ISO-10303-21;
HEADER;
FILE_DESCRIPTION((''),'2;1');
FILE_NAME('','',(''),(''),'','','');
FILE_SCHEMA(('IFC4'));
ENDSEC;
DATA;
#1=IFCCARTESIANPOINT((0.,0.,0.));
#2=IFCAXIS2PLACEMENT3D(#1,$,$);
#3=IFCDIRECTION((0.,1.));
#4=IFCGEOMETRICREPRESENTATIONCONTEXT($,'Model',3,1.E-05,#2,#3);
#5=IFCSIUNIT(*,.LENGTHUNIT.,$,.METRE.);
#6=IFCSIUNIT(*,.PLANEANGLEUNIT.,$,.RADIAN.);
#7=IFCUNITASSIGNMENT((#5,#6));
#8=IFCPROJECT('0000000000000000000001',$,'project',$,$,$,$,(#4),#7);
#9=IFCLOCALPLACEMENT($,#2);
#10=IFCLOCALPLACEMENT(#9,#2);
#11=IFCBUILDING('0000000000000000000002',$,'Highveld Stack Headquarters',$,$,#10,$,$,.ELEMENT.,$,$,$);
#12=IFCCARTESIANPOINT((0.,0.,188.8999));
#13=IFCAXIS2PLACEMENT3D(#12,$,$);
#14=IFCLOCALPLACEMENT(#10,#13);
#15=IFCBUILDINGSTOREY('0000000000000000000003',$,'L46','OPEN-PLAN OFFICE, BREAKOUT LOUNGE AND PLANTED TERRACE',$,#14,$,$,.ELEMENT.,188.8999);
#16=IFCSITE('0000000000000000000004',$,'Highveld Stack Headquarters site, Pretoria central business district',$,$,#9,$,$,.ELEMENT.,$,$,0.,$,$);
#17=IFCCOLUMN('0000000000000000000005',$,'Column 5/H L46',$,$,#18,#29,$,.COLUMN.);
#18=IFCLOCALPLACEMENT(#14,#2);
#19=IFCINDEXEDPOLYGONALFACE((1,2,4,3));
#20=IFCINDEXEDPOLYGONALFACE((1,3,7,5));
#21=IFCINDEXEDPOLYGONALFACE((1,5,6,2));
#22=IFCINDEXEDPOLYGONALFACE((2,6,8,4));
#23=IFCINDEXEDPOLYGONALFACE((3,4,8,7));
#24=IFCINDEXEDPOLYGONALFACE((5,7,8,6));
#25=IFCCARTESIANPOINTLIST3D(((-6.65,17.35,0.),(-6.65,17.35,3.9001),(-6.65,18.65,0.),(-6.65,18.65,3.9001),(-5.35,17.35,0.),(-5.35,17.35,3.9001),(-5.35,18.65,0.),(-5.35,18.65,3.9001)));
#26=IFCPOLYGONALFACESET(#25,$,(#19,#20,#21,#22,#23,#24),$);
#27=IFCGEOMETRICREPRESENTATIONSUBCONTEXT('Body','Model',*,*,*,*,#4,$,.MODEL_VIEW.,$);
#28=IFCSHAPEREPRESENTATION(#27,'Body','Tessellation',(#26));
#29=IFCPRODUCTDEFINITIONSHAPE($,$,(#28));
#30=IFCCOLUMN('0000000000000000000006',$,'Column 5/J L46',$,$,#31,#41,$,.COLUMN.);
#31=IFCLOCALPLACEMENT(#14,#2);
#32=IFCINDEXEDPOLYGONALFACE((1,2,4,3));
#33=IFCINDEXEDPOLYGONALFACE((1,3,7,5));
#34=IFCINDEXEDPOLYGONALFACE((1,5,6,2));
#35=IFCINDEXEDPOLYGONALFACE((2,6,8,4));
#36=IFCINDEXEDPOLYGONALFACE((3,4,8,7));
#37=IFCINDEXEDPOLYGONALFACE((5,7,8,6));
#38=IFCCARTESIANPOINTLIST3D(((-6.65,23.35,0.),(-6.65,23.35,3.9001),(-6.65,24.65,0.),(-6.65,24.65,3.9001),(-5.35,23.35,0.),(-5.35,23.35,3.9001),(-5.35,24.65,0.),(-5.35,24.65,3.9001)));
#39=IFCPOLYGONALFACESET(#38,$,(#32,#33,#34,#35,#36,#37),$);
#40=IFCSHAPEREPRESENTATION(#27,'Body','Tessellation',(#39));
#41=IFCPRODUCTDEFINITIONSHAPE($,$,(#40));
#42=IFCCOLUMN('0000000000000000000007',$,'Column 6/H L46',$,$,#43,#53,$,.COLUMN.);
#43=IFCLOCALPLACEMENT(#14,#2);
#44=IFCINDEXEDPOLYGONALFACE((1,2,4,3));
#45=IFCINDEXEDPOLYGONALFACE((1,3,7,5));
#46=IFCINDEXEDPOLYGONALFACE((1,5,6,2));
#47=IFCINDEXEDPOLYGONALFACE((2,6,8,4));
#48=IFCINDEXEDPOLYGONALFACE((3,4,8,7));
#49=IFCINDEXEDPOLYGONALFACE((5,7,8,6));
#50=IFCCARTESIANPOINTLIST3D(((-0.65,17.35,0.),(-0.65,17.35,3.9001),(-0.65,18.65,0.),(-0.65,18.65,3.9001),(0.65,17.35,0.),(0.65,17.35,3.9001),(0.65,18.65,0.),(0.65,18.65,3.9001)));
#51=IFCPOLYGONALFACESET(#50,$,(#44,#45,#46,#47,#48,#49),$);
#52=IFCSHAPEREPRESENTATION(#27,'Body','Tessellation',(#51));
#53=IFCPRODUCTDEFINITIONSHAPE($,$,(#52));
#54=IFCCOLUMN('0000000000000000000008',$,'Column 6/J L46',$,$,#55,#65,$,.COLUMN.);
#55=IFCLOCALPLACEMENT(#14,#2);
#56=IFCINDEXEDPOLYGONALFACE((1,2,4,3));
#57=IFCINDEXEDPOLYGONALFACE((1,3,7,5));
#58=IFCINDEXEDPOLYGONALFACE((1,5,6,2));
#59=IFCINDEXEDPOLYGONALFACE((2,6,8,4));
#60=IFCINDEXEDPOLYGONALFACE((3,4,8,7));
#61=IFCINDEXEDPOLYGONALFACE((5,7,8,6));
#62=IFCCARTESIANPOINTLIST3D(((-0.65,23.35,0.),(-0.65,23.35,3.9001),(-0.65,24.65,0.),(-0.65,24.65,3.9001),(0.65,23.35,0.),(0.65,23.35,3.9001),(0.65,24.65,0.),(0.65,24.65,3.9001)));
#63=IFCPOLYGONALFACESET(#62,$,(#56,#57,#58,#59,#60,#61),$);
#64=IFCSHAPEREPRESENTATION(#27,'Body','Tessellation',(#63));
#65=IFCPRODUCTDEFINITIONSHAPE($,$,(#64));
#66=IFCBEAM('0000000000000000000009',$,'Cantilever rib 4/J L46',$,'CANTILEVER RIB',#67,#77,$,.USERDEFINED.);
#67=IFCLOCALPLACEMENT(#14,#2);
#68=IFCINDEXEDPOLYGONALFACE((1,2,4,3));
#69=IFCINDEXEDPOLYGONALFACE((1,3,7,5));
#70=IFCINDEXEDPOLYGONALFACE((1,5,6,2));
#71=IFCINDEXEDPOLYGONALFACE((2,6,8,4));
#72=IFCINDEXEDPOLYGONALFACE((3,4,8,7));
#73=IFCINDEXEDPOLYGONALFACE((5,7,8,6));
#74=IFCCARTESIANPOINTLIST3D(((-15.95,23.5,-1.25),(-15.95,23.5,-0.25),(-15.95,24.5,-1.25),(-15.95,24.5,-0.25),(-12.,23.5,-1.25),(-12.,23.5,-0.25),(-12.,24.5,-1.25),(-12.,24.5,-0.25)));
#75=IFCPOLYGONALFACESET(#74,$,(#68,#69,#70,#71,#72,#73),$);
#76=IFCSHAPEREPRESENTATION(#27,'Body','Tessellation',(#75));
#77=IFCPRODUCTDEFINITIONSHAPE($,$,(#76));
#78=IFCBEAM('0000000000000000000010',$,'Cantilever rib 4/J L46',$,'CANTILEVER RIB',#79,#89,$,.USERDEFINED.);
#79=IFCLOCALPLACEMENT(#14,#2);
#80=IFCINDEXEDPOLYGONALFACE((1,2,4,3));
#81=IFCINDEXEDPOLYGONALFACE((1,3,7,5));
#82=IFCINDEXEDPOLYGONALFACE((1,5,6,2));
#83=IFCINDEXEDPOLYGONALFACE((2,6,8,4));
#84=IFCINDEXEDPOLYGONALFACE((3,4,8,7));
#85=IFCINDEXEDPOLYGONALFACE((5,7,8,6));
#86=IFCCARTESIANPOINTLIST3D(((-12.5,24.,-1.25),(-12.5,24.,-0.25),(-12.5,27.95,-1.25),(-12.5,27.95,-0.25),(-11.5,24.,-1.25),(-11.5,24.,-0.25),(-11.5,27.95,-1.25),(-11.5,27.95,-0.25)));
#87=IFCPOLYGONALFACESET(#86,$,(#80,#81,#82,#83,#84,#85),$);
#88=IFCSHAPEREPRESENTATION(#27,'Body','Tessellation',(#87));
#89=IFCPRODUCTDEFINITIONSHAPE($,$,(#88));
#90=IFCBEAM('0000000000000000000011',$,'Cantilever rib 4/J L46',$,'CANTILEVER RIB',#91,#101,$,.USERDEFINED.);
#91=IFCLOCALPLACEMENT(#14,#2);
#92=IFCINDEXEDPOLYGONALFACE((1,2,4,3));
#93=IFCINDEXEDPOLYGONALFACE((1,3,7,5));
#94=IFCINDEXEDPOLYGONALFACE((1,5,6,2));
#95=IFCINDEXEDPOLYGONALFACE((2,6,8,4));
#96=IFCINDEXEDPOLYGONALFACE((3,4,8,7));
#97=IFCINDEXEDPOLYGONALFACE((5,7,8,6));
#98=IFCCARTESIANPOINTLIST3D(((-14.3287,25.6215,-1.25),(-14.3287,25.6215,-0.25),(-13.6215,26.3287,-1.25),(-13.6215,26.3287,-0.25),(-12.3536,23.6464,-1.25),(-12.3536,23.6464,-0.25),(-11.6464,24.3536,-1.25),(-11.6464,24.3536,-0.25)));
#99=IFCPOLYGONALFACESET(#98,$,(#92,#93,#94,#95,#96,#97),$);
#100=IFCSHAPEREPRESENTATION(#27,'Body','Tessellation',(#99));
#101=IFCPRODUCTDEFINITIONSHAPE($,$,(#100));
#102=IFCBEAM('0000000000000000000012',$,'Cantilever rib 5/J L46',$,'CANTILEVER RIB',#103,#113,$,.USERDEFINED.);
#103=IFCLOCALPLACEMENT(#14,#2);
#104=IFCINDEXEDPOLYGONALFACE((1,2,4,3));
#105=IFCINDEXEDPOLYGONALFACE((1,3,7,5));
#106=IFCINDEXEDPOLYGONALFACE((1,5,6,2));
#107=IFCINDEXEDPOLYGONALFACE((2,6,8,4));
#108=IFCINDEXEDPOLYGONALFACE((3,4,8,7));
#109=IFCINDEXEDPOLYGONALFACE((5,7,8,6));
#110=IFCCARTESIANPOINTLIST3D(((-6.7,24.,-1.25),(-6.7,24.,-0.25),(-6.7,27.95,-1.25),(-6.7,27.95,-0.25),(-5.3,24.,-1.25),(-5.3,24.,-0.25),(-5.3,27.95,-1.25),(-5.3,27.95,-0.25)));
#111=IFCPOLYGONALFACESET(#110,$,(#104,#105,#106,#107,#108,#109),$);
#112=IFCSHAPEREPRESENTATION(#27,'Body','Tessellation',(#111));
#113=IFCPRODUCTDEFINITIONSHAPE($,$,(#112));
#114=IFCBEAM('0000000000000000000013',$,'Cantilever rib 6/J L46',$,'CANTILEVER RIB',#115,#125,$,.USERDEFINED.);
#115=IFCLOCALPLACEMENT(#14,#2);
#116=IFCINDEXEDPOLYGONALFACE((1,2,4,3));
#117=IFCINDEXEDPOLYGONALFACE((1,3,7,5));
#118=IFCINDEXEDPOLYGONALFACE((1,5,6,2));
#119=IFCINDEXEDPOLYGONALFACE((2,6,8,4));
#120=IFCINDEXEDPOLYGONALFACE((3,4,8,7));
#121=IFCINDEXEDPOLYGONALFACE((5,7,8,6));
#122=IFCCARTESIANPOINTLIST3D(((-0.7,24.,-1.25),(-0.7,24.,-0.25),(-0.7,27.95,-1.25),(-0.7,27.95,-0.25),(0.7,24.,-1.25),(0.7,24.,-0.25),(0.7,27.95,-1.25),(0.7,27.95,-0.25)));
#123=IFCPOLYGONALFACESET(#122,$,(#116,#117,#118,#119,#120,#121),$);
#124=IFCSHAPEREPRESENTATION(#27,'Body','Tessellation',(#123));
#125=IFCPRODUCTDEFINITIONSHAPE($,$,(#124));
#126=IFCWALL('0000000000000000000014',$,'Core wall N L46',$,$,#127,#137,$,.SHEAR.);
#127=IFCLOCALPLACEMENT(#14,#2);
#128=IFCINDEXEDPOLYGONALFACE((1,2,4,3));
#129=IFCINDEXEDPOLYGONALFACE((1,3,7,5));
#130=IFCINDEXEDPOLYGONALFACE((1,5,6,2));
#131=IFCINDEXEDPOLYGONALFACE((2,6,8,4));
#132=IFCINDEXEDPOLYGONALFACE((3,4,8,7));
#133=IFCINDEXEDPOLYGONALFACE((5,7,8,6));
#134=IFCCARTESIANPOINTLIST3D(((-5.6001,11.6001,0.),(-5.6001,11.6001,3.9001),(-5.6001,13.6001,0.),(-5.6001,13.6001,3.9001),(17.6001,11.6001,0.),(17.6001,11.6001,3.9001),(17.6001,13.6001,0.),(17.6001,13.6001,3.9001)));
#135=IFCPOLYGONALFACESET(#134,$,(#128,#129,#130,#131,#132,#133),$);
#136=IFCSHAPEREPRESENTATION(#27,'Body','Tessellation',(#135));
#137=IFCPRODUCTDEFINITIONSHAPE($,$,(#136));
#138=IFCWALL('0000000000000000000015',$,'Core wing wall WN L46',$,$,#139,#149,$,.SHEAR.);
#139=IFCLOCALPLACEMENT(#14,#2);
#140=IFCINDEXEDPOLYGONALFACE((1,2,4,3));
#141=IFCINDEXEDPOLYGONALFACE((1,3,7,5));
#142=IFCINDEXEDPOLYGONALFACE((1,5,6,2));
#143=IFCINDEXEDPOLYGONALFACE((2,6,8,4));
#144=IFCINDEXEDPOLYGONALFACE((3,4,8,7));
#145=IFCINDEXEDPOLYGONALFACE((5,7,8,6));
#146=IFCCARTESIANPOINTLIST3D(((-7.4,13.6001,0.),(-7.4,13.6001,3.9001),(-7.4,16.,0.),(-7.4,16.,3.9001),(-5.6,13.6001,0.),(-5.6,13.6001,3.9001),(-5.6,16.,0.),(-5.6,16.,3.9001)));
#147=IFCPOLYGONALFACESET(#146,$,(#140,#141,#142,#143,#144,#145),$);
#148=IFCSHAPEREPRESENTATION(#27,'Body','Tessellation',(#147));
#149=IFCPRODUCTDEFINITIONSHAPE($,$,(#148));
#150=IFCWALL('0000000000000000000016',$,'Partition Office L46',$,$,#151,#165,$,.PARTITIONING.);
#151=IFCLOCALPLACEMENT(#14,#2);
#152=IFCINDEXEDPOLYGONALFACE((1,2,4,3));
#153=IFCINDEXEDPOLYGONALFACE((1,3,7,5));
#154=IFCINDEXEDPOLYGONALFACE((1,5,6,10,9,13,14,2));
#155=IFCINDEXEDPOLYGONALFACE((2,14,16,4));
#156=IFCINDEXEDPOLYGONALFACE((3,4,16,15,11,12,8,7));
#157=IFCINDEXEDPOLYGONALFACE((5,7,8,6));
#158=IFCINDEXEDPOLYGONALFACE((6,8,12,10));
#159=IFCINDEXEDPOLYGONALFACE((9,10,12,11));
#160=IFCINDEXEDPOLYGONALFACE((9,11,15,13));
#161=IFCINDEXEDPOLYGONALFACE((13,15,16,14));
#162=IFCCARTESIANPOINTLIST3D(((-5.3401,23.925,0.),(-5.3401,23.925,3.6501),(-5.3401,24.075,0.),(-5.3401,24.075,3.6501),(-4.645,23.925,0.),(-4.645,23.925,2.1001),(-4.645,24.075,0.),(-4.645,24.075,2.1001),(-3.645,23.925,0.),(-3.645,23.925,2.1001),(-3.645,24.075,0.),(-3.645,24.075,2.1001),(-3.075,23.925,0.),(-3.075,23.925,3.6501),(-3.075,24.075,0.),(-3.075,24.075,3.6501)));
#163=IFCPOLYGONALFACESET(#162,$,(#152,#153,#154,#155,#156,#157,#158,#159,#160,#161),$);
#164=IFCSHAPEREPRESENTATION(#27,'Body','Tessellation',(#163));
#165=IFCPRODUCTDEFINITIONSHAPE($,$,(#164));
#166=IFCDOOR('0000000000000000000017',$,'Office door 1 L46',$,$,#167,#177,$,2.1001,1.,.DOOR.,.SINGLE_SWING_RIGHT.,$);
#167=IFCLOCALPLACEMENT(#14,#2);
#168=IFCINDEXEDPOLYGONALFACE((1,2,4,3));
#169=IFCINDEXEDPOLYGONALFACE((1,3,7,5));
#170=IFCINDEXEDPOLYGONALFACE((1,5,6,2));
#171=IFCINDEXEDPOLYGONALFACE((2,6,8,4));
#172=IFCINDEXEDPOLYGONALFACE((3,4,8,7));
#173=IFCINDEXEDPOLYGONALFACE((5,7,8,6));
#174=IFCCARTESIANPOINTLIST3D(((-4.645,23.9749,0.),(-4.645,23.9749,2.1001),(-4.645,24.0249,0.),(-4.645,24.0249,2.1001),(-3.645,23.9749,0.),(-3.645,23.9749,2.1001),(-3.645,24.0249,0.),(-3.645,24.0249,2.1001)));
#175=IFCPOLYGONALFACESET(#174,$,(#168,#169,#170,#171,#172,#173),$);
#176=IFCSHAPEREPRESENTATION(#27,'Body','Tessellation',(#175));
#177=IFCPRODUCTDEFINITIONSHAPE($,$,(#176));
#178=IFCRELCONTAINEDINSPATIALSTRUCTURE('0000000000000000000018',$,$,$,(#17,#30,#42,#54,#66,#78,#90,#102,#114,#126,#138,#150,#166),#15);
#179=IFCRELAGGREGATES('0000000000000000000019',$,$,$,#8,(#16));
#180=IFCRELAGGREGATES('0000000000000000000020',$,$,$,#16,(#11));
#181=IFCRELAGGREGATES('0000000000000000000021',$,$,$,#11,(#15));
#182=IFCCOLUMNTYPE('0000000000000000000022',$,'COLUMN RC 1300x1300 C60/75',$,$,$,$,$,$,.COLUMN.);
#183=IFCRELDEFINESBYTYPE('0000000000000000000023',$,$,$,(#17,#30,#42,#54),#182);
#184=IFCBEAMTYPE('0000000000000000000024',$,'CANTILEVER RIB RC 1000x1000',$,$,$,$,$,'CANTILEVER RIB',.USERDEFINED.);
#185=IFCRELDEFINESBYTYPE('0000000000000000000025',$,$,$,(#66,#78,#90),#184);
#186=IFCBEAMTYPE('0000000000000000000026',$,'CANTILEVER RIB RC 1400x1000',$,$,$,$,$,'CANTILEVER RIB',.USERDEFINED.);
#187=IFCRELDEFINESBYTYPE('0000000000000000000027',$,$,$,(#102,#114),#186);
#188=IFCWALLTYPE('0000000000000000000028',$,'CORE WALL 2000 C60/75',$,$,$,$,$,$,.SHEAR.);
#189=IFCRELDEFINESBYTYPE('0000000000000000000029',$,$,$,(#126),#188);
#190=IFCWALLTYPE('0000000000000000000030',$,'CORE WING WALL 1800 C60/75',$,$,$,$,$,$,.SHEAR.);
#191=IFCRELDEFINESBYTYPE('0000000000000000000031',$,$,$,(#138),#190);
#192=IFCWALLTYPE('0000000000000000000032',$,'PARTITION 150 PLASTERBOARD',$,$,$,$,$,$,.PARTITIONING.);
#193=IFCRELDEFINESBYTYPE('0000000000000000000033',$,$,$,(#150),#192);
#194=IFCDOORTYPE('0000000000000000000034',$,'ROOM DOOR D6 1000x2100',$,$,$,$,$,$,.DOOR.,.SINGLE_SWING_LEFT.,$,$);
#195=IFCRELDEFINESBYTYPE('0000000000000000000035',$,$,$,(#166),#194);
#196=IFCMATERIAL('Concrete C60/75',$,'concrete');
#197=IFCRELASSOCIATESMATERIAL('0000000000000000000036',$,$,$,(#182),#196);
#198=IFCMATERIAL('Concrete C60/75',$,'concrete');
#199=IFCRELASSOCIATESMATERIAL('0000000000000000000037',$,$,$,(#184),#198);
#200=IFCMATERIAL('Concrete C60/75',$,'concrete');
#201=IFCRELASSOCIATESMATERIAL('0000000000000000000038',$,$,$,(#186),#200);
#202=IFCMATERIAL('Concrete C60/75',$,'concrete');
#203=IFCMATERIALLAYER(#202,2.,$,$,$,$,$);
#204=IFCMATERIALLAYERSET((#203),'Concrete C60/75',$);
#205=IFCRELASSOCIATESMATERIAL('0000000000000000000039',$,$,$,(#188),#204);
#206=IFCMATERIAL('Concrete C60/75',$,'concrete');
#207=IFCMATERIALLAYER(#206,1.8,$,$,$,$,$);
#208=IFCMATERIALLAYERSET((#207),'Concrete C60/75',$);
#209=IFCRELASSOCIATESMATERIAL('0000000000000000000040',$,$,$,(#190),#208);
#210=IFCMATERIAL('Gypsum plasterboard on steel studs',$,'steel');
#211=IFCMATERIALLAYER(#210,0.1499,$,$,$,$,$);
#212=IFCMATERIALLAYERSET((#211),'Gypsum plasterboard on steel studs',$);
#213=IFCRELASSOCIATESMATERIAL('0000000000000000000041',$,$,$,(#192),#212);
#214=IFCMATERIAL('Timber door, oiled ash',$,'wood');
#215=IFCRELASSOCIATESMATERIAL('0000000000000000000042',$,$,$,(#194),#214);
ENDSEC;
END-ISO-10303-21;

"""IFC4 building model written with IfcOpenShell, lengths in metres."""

from ifc_helpers import new_model, si_unit, direction, frame, frame_2d, origin, origin_2d, place, context, subcontext, project, spatial, rectangle, extrude, material, layer, layer_set, material_profile, profile_set, type_object, element, fill, save


model = new_model("IFC4")

# Units and contexts
model_context = context("Model", 3, precision=1e-05, world=origin(), true_north=direction((0.0, 1.0)))
body_context = subcontext(model_context, "Body", "Model", "MODEL_VIEW")
ifc_project = project(units=[si_unit("LENGTHUNIT", "METRE"), si_unit("PLANEANGLEUNIT", "RADIAN")], contexts=[model_context])

# Site, building, storey
site_placement = place(None, origin())
site = spatial("IfcSite", under=ifc_project, at=site_placement, Name="Highveld Stack Headquarters site, Pretoria central business district", CompositionType="ELEMENT", RefElevation=0.0)
building_placement = place(site_placement, origin())
building = spatial("IfcBuilding", under=site, at=building_placement, Name="Highveld Stack Headquarters", CompositionType="ELEMENT")
storey_placement = place(building_placement, frame((0.0, 0.0, 188.8999)))
storey = spatial("IfcBuildingStorey", under=building, at=storey_placement, Name="L46", Description="OPEN-PLAN OFFICE, BREAKOUT LOUNGE AND PLANTED TERRACE", CompositionType="ELEMENT", Elevation=188.8999)

# Columns
ifc_material_1 = material(Name="Concrete C60/75", Category="concrete")
ifc_material_profile_1 = material_profile(ifc_material_1, rectangle(XDim=1.3, YDim=1.3, at=origin_2d()), Name="RC 1300x1300")
ifc_profile_set_1 = profile_set([ifc_material_profile_1], Name="Concrete C60/75")
column_type = type_object("IfcColumnType", Name="COLUMN RC 1300x1300 C60/75", PredefinedType="COLUMN", material=ifc_profile_set_1)
for number, where, z_axis, x_axis, name in (
    (1, (-6.0, 18.0, 0.0), (0.0, 0.0, 1.0), (1.0, 0.0, 0.0), "Column 5/H L46"),
    (2, (-6.0, 24.0, 0.0), (0.0, 0.0, 1.0), (1.0, 0.0, 0.0), "Column 5/J L46"),
    (3, (0.0, 18.0, 0.0), (0.0, 0.0, 1.0), (1.0, 0.0, 0.0), "Column 6/H L46"),
    (4, (0.0, 24.0, 0.0), (0.0, 0.0, 1.0), (1.0, 0.0, 0.0), "Column 6/J L46"),
):
    element("IfcColumn", number, at=place(storey_placement, frame(where, z_axis=z_axis, x_axis=x_axis)), inside=storey, type_object=column_type, Name=name, PredefinedType="COLUMN", context=body_context, shape_type="SweptSolid", body=[
        extrude(rectangle(XDim=1.3, YDim=1.3, at=origin_2d()), origin(), (0.0, 0.0, 1.0), 3.9001),
    ])

# Beams
ifc_material_2 = material(Name="Concrete C60/75", Category="concrete")
ifc_material_profile_2 = material_profile(ifc_material_2, rectangle(XDim=1.0, YDim=1.0, at=origin_2d()), Name="RC 1000x1000")
ifc_profile_set_2 = profile_set([ifc_material_profile_2], Name="Concrete C60/75")
beam_type_1 = type_object("IfcBeamType", Name="CANTILEVER RIB RC 1000x1000", ElementType="CANTILEVER RIB", PredefinedType="USERDEFINED", material=ifc_profile_set_2)
for number, where, z_axis, x_axis, name in (
    (5, (-12.0, 24.0, -0.75), (-1.0, 0.0, 0.0), (0.0, -1.0, 0.0), "Cantilever rib 4/J L46"),
    (6, (-12.0, 24.0, -0.75), (0.0, 1.0, 0.0), (-1.0, 0.0, 0.0), "Cantilever rib 4/J L46"),
):
    element("IfcBeam", number, at=place(storey_placement, frame(where, z_axis=z_axis, x_axis=x_axis)), inside=storey, type_object=beam_type_1, Name=name, ObjectType="CANTILEVER RIB", PredefinedType="USERDEFINED", context=body_context, shape_type="SweptSolid", body=[
        extrude(rectangle(XDim=1.0, YDim=1.0, at=origin_2d()), origin(), (0.0, 0.0, 1.0), 3.95),
    ])
beam_placement = place(storey_placement, frame((-12.0, 24.0, -0.75), z_axis=(-0.707107, 0.707107, 0.0), x_axis=(-0.707107, -0.707107, 0.0)))
element("IfcBeam", 7, at=beam_placement, inside=storey, type_object=beam_type_1, Name="Cantilever rib 4/J L46", ObjectType="CANTILEVER RIB", PredefinedType="USERDEFINED", context=body_context, shape_type="SweptSolid", body=[
    extrude(rectangle(XDim=1.0, YDim=1.0, at=origin_2d()), origin(), (0.0, 0.0, 1.0), 2.7932),
])
ifc_material_3 = material(Name="Concrete C60/75", Category="concrete")
ifc_material_profile_3 = material_profile(ifc_material_3, rectangle(XDim=1.3999, YDim=1.0, at=origin_2d()), Name="RC 1400x1000")
ifc_profile_set_3 = profile_set([ifc_material_profile_3], Name="Concrete C60/75")
beam_type_2 = type_object("IfcBeamType", Name="CANTILEVER RIB RC 1400x1000", ElementType="CANTILEVER RIB", PredefinedType="USERDEFINED", material=ifc_profile_set_3)
for number, where, z_axis, x_axis, name in (
    (8, (-6.0, 24.0, -0.75), (0.0, 1.0, 0.0), (-1.0, 0.0, 0.0), "Cantilever rib 5/J L46"),
    (9, (0.0, 24.0, -0.75), (0.0, 1.0, 0.0), (-1.0, 0.0, 0.0), "Cantilever rib 6/J L46"),
):
    element("IfcBeam", number, at=place(storey_placement, frame(where, z_axis=z_axis, x_axis=x_axis)), inside=storey, type_object=beam_type_2, Name=name, ObjectType="CANTILEVER RIB", PredefinedType="USERDEFINED", context=body_context, shape_type="SweptSolid", body=[
        extrude(rectangle(XDim=1.3999, YDim=1.0, at=origin_2d()), origin(), (0.0, 0.0, 1.0), 3.95),
    ])

# Walls
ifc_material_4 = material(Name="Concrete C60/75", Category="concrete")
ifc_layer_1 = layer(ifc_material_4, 2.0)
ifc_layer_set_1 = layer_set([ifc_layer_1], Name="Concrete C60/75")
wall_type_1 = type_object("IfcWallType", Name="CORE WALL 2000 C60/75", PredefinedType="SHEAR", material=ifc_layer_set_1)
wall_1_placement = place(storey_placement, frame((-5.6001, 12.6001, 0.0), z_axis=(0.0, 0.0, 1.0), x_axis=(1.0, 0.0, 0.0)))
element("IfcWall", 10, at=wall_1_placement, inside=storey, type_object=wall_type_1, Name="Core wall N L46", PredefinedType="SHEAR", context=body_context, shape_type="SweptSolid", body=[
    extrude(rectangle(XDim=23.2002, YDim=2.0, at=frame_2d((11.6001, 0.0))), origin(), (0.0, 0.0, 1.0), 3.9001),
])
ifc_material_5 = material(Name="Concrete C60/75", Category="concrete")
ifc_layer_2 = layer(ifc_material_5, 1.8)
ifc_layer_set_2 = layer_set([ifc_layer_2], Name="Concrete C60/75")
wall_type_2 = type_object("IfcWallType", Name="CORE WING WALL 1800 C60/75", PredefinedType="SHEAR", material=ifc_layer_set_2)
wall_2_placement = place(storey_placement, frame((-6.5, 13.6001, 0.0), z_axis=(0.0, 0.0, 1.0), x_axis=(0.0, 1.0, 0.0)))
element("IfcWall", 11, at=wall_2_placement, inside=storey, type_object=wall_type_2, Name="Core wing wall WN L46", PredefinedType="SHEAR", context=body_context, shape_type="SweptSolid", body=[
    extrude(rectangle(XDim=2.3999, YDim=1.8, at=frame_2d((1.2, 0.0))), origin(), (0.0, 0.0, 1.0), 3.9001),
])

# Wall, opening, door
ifc_material_6 = material(Name="Gypsum plasterboard on steel studs", Category="steel")
ifc_layer_3 = layer(ifc_material_6, 0.1499)
ifc_layer_set_3 = layer_set([ifc_layer_3], Name="Gypsum plasterboard on steel studs")
wall_type_3 = type_object("IfcWallType", Name="PARTITION 150 PLASTERBOARD", PredefinedType="PARTITIONING", material=ifc_layer_set_3)
wall_3_placement = place(storey_placement, frame((-5.3401, 24.0, 0.0), z_axis=(0.0, 0.0, 1.0), x_axis=(1.0, 0.0, 0.0)))
wall_3 = element("IfcWall", 12, at=wall_3_placement, inside=storey, type_object=wall_type_3, Name="Partition Office L46", PredefinedType="PARTITIONING", context=body_context, shape_type="SweptSolid", body=[
    extrude(rectangle(XDim=2.2651, YDim=0.1499, at=frame_2d((1.1326, 0.0))), origin(), (0.0, 0.0, 1.0), 3.6501),
])
opening_1_placement = place(wall_3_placement, frame((0.6951, 0.0, 0.0)))
opening_1 = element("IfcOpeningElement", 13, at=opening_1_placement, cuts=wall_3, PredefinedType="OPENING", context=body_context, shape_type="SweptSolid", body=[
    extrude(rectangle(XDim=1.0, YDim=2.1001, at=frame_2d((0.5, 1.05))), frame((0.0, 0.085, 0.0), z_axis=(0.0, -1.0, 0.0), x_axis=(1.0, 0.0, 0.0)), (0.0, 0.0, 1.0), 0.1699),
])
ifc_material_7 = material(Name="Timber door, oiled ash", Category="wood")
door_type = type_object("IfcDoorType", Name="ROOM DOOR D6 1000x2100", OperationType="SINGLE_SWING_LEFT", PredefinedType="DOOR", material=ifc_material_7)
door_1_placement = place(opening_1_placement, origin())
door_1 = element("IfcDoor", 14, at=door_1_placement, inside=storey, type_object=door_type, Name="Office door 1 L46", OperationType="SINGLE_SWING_RIGHT", OverallHeight=2.1001, OverallWidth=1.0, PredefinedType="DOOR", context=body_context, shape_type="SweptSolid", body=[
    extrude(rectangle(XDim=1.0, YDim=2.1001, at=frame_2d((0.5, 1.05))), frame((0.0, 0.0249, 0.0), z_axis=(0.0, -1.0, 0.0), x_axis=(1.0, 0.0, 0.0)), (0.0, 0.0, 1.0), 0.05),
])
fill(opening_1, door_1)

save(model, "model.ifc")
